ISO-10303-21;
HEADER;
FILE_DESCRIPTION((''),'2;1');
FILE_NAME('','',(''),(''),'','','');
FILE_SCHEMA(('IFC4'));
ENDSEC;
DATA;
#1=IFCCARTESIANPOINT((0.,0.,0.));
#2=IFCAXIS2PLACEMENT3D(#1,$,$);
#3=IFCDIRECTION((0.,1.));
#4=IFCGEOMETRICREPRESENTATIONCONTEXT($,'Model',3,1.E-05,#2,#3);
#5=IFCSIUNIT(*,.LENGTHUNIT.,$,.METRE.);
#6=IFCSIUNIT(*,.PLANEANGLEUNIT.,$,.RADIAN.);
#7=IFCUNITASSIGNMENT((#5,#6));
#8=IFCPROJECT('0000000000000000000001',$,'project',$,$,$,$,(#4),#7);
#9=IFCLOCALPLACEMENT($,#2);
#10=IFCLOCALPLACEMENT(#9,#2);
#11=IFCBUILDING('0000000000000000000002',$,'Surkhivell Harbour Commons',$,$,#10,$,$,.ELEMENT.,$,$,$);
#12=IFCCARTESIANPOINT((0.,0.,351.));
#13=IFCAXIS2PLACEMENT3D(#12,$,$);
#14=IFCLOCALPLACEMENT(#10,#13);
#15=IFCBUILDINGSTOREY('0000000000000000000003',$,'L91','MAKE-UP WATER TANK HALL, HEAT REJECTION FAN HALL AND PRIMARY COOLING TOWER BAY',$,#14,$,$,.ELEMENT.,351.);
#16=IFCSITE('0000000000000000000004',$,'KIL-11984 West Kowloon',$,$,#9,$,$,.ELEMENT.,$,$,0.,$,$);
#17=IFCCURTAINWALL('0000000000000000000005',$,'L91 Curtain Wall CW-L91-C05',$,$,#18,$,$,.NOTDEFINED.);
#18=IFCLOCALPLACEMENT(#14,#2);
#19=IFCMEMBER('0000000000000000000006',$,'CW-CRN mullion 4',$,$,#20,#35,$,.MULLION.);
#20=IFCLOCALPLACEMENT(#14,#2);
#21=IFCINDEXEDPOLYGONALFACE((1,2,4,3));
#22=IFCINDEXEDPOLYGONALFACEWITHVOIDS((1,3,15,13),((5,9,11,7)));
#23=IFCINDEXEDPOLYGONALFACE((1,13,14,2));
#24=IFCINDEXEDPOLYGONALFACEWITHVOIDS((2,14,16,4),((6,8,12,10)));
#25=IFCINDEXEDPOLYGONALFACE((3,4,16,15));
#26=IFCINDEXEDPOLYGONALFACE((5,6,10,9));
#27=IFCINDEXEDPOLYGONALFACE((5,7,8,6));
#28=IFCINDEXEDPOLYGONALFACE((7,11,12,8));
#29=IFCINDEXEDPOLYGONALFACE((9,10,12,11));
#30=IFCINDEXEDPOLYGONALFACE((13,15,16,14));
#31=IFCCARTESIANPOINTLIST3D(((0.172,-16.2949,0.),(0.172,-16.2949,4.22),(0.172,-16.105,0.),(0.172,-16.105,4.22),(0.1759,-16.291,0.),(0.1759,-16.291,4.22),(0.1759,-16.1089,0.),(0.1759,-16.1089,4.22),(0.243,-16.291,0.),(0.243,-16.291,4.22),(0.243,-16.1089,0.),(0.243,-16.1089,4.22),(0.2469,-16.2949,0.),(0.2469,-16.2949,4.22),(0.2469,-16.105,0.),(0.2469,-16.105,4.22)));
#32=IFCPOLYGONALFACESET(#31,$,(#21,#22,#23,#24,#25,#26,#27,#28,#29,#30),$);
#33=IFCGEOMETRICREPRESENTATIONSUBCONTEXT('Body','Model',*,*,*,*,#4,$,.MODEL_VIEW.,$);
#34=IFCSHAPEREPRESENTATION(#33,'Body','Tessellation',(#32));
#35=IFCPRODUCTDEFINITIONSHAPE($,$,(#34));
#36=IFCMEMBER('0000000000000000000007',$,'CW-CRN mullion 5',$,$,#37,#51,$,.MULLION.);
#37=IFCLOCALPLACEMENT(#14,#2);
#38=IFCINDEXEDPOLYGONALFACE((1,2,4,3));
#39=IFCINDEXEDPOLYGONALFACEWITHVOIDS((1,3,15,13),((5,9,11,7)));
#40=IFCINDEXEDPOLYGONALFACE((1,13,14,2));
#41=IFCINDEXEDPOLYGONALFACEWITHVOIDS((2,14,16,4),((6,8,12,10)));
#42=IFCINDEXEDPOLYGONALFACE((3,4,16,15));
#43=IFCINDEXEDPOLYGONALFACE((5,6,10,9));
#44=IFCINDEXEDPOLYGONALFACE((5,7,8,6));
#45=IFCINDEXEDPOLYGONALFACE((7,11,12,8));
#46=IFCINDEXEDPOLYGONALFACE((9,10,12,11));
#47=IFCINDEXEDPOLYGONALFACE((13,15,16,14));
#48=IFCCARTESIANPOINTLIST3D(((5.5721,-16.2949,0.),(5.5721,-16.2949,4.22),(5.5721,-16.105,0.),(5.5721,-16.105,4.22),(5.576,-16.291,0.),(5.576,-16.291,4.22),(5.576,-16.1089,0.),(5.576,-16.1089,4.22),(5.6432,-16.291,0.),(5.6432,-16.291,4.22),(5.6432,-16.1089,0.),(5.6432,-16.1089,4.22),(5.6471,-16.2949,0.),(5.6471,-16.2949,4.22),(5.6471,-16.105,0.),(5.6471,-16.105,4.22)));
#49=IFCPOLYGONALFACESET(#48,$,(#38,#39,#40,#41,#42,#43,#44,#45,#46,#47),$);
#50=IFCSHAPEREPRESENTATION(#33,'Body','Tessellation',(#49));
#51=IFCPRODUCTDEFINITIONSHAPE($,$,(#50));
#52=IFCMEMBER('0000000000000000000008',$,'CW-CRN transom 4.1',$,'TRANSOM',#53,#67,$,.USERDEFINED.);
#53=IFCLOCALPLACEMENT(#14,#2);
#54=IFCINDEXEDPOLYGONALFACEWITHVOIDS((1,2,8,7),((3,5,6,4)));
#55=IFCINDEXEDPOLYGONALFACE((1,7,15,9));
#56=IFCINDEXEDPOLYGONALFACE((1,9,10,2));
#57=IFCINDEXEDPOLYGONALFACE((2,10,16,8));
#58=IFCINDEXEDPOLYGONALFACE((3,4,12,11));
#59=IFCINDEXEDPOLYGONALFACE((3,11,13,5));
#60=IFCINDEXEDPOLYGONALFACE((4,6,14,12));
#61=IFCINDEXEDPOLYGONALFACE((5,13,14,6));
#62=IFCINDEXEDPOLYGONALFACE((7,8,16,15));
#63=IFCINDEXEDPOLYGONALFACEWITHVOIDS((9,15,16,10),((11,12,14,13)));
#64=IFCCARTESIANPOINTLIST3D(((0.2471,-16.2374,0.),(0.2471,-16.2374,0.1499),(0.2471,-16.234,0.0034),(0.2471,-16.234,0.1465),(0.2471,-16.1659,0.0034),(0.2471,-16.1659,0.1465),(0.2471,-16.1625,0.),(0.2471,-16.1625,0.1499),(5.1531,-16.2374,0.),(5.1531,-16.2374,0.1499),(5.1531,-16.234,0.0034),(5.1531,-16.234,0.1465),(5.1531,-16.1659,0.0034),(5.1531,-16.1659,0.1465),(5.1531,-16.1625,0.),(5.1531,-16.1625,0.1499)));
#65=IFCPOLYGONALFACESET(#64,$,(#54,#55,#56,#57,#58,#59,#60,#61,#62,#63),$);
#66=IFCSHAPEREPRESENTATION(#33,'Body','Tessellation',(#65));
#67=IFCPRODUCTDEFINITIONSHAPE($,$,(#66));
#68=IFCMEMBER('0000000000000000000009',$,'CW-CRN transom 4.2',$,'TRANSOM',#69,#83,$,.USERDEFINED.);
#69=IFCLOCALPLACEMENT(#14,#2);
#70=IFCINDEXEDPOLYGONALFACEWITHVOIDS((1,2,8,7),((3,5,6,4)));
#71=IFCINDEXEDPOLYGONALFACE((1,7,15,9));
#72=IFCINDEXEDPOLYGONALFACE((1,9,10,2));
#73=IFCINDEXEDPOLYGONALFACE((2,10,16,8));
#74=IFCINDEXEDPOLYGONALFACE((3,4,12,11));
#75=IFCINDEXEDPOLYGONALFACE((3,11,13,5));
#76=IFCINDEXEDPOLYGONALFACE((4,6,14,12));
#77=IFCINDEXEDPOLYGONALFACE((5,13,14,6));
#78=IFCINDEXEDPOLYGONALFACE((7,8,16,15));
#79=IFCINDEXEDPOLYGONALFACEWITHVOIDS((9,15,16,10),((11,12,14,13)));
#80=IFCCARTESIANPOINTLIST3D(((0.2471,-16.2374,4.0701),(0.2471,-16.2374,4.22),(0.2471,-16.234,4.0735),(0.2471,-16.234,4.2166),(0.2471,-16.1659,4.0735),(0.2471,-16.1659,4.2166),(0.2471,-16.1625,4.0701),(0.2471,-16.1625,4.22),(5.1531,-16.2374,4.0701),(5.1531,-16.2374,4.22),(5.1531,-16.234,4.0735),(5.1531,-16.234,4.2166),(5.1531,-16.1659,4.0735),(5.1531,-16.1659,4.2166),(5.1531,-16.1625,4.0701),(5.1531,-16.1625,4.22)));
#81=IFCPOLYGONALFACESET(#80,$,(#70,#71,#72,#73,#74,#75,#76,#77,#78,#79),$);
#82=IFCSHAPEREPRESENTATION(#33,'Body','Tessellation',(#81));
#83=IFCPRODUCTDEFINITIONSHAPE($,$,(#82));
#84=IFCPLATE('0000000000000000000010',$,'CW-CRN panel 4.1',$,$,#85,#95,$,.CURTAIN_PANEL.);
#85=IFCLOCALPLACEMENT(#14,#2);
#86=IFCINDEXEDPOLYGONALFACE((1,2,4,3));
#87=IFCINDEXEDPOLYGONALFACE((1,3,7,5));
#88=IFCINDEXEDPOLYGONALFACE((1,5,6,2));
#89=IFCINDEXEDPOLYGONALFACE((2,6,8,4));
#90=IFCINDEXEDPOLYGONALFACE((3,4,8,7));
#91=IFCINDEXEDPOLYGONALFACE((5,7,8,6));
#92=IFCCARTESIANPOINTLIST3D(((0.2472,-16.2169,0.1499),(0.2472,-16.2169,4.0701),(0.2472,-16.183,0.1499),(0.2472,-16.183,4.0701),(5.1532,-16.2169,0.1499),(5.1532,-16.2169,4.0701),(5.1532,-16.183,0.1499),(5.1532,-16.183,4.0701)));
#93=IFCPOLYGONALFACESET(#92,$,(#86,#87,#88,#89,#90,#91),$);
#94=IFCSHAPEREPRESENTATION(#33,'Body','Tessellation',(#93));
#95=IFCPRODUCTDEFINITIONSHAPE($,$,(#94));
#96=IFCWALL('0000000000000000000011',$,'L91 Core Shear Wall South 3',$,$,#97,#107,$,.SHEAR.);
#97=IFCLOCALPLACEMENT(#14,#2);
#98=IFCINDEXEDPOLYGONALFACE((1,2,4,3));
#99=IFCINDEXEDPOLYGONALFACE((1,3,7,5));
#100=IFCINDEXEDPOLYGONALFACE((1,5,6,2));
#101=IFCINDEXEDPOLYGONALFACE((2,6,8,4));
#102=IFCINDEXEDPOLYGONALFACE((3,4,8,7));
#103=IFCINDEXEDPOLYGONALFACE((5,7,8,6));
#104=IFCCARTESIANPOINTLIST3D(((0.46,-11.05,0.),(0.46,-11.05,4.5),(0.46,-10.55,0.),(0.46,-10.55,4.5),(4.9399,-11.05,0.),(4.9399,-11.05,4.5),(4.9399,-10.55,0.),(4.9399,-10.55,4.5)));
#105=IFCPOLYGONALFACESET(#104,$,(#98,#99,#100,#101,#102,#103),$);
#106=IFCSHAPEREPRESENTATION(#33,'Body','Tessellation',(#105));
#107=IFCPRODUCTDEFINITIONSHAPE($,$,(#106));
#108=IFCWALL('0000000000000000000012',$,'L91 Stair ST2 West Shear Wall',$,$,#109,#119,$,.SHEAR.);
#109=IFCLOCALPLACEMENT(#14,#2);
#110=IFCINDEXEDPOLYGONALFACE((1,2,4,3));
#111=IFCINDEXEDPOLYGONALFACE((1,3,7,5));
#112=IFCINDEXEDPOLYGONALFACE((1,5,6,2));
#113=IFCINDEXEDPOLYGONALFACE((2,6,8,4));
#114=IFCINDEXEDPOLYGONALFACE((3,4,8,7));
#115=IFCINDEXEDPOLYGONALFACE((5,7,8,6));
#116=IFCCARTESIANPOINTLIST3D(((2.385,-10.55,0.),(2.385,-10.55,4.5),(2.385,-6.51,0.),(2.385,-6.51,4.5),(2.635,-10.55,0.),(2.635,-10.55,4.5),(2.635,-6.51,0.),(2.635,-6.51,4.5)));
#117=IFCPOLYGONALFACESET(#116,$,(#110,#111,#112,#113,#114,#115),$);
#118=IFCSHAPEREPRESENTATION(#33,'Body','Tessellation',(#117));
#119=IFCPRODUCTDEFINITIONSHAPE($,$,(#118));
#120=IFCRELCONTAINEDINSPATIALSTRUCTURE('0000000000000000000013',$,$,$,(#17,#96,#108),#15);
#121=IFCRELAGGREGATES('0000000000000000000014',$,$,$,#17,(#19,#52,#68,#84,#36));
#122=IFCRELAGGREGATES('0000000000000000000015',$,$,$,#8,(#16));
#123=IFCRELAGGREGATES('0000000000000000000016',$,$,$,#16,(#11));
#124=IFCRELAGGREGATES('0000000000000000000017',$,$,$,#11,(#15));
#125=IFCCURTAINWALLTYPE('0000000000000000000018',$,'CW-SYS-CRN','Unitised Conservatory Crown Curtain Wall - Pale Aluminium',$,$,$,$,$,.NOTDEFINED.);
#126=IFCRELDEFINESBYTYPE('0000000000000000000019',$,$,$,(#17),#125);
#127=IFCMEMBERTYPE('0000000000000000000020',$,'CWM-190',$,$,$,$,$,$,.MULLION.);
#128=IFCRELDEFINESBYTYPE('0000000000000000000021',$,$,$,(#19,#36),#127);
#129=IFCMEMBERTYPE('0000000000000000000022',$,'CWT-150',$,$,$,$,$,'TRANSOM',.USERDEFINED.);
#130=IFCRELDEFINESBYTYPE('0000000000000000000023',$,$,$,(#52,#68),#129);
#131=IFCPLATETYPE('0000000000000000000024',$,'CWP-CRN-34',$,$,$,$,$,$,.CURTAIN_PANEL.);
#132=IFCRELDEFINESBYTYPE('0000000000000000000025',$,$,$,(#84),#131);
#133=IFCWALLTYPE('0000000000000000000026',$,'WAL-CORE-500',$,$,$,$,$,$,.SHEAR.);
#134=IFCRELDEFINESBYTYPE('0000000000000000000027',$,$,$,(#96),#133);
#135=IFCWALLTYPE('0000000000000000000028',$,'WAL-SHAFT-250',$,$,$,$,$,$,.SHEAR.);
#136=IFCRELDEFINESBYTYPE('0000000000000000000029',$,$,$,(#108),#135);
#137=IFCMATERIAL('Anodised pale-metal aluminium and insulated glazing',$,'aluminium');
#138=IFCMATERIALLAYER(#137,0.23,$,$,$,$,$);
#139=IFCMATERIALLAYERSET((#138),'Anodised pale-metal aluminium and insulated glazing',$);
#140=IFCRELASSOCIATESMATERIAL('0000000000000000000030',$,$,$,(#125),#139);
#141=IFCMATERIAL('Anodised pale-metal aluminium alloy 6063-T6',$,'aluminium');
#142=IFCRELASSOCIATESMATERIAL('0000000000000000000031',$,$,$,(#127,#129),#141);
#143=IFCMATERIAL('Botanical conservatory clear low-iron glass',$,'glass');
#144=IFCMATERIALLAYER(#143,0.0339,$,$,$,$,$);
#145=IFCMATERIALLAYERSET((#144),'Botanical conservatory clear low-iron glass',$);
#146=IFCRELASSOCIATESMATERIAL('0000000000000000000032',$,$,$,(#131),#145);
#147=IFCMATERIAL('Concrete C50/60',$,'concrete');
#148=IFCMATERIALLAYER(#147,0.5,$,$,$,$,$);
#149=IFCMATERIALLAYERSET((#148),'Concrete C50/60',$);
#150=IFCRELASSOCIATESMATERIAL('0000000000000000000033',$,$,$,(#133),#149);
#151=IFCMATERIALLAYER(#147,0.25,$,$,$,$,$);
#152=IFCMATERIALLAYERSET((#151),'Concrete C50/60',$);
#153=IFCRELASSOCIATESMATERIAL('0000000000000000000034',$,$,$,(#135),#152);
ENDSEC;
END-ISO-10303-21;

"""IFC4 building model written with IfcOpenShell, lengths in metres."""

from ifc_helpers import new_model, si_unit, direction, frame, frame_2d, origin, origin_2d, place, context, subcontext, project, spatial, rectangle, hollow_rectangle, extrude, material, layer, layer_set, material_profile, profile_set, type_object, element, aggregate, save


model = new_model("IFC4")

# Units and contexts
model_context = context("Model", 3, precision=1e-05, world=origin(), true_north=direction((0.0, 1.0)))
body_context = subcontext(model_context, "Body", "Model", "MODEL_VIEW")
ifc_project = project(units=[si_unit("LENGTHUNIT", "METRE"), si_unit("PLANEANGLEUNIT", "RADIAN")], contexts=[model_context])

# Site, building, storey
site_placement = place(None, origin())
site = spatial("IfcSite", under=ifc_project, at=site_placement, Name="KIL-11984 West Kowloon", CompositionType="ELEMENT", RefElevation=0.0)
building_placement = place(site_placement, origin())
building = spatial("IfcBuilding", under=site, at=building_placement, Name="Surkhivell Harbour Commons", CompositionType="ELEMENT")
storey_placement = place(building_placement, frame((0.0, 0.0, 351.0)))
storey = spatial("IfcBuildingStorey", under=building, at=storey_placement, Name="L91", Description="MAKE-UP WATER TANK HALL, HEAT REJECTION FAN HALL AND PRIMARY COOLING TOWER BAY", CompositionType="ELEMENT", Elevation=351.0)

# Curtain wall, members, plate
ifc_material_1 = material(Name="Anodised pale-metal aluminium and insulated glazing", Category="aluminium")
ifc_layer_1 = layer(ifc_material_1, 0.23)
ifc_layer_set_1 = layer_set([ifc_layer_1], Name="Anodised pale-metal aluminium and insulated glazing")
curtain_wall_type = type_object("IfcCurtainWallType", Name="CW-SYS-CRN", Description="Unitised Conservatory Crown Curtain Wall - Pale Aluminium", PredefinedType="NOTDEFINED", material=ifc_layer_set_1)
curtain_wall_placement = place(storey_placement, origin())
curtain_wall = element("IfcCurtainWall", 1, at=curtain_wall_placement, inside=storey, type_object=curtain_wall_type, Name="L91 Curtain Wall CW-L91-C05", PredefinedType="NOTDEFINED")
ifc_material_2 = material(Name="Anodised pale-metal aluminium alloy 6063-T6", Category="aluminium")
ifc_material_profile_1 = material_profile(ifc_material_2, hollow_rectangle(XDim=0.075, YDim=0.1899, WallThickness=0.0039, at=origin_2d()), Name="ALU-MULL-75x190")
ifc_profile_set_1 = profile_set([ifc_material_profile_1], Name="Anodised pale-metal aluminium alloy 6063-T6")
member_type_1 = type_object("IfcMemberType", Name="CWM-190", PredefinedType="MULLION", material=ifc_profile_set_1)
member_1_placement = place(storey_placement, frame((0.2095, -16.2, 0.0), z_axis=(0.0, 0.0, 1.0), x_axis=(1.0, 0.0, 0.0)))
member_1 = element("IfcMember", 2, at=member_1_placement, type_object=member_type_1, Name="CW-CRN mullion 4", PredefinedType="MULLION", context=body_context, shape_type="SweptSolid", body=[
    extrude(hollow_rectangle(XDim=0.075, YDim=0.1899, WallThickness=0.0039, at=origin_2d()), origin(), (0.0, 0.0, 1.0), 4.22),
])
member_2_placement = place(storey_placement, frame((5.6096, -16.2, 0.0), z_axis=(0.0, 0.0, 1.0), x_axis=(1.0, 0.0, 0.0)))
member_2 = element("IfcMember", 3, at=member_2_placement, type_object=member_type_1, Name="CW-CRN mullion 5", PredefinedType="MULLION", context=body_context, shape_type="SweptSolid", body=[
    extrude(hollow_rectangle(XDim=0.075, YDim=0.1899, WallThickness=0.0039, at=origin_2d()), origin(), (0.0, 0.0, 1.0), 4.22),
])
ifc_material_profile_2 = material_profile(ifc_material_2, hollow_rectangle(XDim=0.075, YDim=0.1499, WallThickness=0.0034, at=origin_2d()), Name="ALU-TRAN-75x150")
ifc_profile_set_2 = profile_set([ifc_material_profile_2], Name="Anodised pale-metal aluminium alloy 6063-T6")
member_type_2 = type_object("IfcMemberType", Name="CWT-150", ElementType="TRANSOM", PredefinedType="USERDEFINED", material=ifc_profile_set_2)
member_3_placement = place(storey_placement, frame((0.2471, -16.2, 0.075), z_axis=(1.0, 0.0, 0.0), x_axis=(0.0, 1.0, 0.0)))
member_3 = element("IfcMember", 4, at=member_3_placement, type_object=member_type_2, Name="CW-CRN transom 4.1", ObjectType="TRANSOM", PredefinedType="USERDEFINED", context=body_context, shape_type="SweptSolid", body=[
    extrude(hollow_rectangle(XDim=0.075, YDim=0.1499, WallThickness=0.0034, at=origin_2d()), origin(), (0.0, 0.0, 1.0), 4.906),
])
member_4_placement = place(storey_placement, frame((0.2471, -16.2, 4.145), z_axis=(1.0, 0.0, 0.0), x_axis=(0.0, 1.0, 0.0)))
member_4 = element("IfcMember", 5, at=member_4_placement, type_object=member_type_2, Name="CW-CRN transom 4.2", ObjectType="TRANSOM", PredefinedType="USERDEFINED", context=body_context, shape_type="SweptSolid", body=[
    extrude(hollow_rectangle(XDim=0.075, YDim=0.1499, WallThickness=0.0034, at=origin_2d()), origin(), (0.0, 0.0, 1.0), 4.906),
])
ifc_material_3 = material(Name="Botanical conservatory clear low-iron glass", Category="glass")
ifc_layer_2 = layer(ifc_material_3, 0.0339)
ifc_layer_set_2 = layer_set([ifc_layer_2], Name="Botanical conservatory clear low-iron glass")
plate_type = type_object("IfcPlateType", Name="CWP-CRN-34", PredefinedType="CURTAIN_PANEL", material=ifc_layer_set_2)
plate_placement = place(storey_placement, frame((0.2471, -16.2, 0.1499), z_axis=(0.0, 0.0, 1.0), x_axis=(1.0, 0.0, 0.0)))
plate = element("IfcPlate", 6, at=plate_placement, type_object=plate_type, Name="CW-CRN panel 4.1", PredefinedType="CURTAIN_PANEL", context=body_context, shape_type="SweptSolid", body=[
    extrude(rectangle(XDim=4.906, YDim=0.0339, at=frame_2d((2.4531, 0.0))), origin(), (0.0, 0.0, 1.0), 3.9202),
])
aggregate(curtain_wall, [member_1, member_3, member_4, plate, member_2])

# Walls
ifc_material_4 = material(Name="Concrete C50/60", Category="concrete")
ifc_layer_3 = layer(ifc_material_4, 0.5)
ifc_layer_set_3 = layer_set([ifc_layer_3], Name="Concrete C50/60")
wall_type_1 = type_object("IfcWallType", Name="WAL-CORE-500", PredefinedType="SHEAR", material=ifc_layer_set_3)
wall_1_placement = place(storey_placement, frame((0.46, -10.8, 0.0), z_axis=(0.0, 0.0, 1.0), x_axis=(1.0, 0.0, 0.0)))
element("IfcWall", 7, at=wall_1_placement, inside=storey, type_object=wall_type_1, Name="L91 Core Shear Wall South 3", PredefinedType="SHEAR", context=body_context, shape_type="SweptSolid", body=[
    extrude(rectangle(XDim=4.48, YDim=0.5, at=frame_2d((2.24, 0.0))), origin(), (0.0, 0.0, 1.0), 4.5),
])
ifc_layer_4 = layer(ifc_material_4, 0.25)
ifc_layer_set_4 = layer_set([ifc_layer_4], Name="Concrete C50/60")
wall_type_2 = type_object("IfcWallType", Name="WAL-SHAFT-250", PredefinedType="SHEAR", material=ifc_layer_set_4)
wall_2_placement = place(storey_placement, frame((2.51, -10.55, 0.0), z_axis=(0.0, 0.0, 1.0), x_axis=(0.0, 1.0, 0.0)))
element("IfcWall", 8, at=wall_2_placement, inside=storey, type_object=wall_type_2, Name="L91 Stair ST2 West Shear Wall", PredefinedType="SHEAR", context=body_context, shape_type="SweptSolid", body=[
    extrude(rectangle(XDim=4.04, YDim=0.25, at=frame_2d((2.02, 0.0))), origin(), (0.0, 0.0, 1.0), 4.5),
])

save(model, "model.ifc")
